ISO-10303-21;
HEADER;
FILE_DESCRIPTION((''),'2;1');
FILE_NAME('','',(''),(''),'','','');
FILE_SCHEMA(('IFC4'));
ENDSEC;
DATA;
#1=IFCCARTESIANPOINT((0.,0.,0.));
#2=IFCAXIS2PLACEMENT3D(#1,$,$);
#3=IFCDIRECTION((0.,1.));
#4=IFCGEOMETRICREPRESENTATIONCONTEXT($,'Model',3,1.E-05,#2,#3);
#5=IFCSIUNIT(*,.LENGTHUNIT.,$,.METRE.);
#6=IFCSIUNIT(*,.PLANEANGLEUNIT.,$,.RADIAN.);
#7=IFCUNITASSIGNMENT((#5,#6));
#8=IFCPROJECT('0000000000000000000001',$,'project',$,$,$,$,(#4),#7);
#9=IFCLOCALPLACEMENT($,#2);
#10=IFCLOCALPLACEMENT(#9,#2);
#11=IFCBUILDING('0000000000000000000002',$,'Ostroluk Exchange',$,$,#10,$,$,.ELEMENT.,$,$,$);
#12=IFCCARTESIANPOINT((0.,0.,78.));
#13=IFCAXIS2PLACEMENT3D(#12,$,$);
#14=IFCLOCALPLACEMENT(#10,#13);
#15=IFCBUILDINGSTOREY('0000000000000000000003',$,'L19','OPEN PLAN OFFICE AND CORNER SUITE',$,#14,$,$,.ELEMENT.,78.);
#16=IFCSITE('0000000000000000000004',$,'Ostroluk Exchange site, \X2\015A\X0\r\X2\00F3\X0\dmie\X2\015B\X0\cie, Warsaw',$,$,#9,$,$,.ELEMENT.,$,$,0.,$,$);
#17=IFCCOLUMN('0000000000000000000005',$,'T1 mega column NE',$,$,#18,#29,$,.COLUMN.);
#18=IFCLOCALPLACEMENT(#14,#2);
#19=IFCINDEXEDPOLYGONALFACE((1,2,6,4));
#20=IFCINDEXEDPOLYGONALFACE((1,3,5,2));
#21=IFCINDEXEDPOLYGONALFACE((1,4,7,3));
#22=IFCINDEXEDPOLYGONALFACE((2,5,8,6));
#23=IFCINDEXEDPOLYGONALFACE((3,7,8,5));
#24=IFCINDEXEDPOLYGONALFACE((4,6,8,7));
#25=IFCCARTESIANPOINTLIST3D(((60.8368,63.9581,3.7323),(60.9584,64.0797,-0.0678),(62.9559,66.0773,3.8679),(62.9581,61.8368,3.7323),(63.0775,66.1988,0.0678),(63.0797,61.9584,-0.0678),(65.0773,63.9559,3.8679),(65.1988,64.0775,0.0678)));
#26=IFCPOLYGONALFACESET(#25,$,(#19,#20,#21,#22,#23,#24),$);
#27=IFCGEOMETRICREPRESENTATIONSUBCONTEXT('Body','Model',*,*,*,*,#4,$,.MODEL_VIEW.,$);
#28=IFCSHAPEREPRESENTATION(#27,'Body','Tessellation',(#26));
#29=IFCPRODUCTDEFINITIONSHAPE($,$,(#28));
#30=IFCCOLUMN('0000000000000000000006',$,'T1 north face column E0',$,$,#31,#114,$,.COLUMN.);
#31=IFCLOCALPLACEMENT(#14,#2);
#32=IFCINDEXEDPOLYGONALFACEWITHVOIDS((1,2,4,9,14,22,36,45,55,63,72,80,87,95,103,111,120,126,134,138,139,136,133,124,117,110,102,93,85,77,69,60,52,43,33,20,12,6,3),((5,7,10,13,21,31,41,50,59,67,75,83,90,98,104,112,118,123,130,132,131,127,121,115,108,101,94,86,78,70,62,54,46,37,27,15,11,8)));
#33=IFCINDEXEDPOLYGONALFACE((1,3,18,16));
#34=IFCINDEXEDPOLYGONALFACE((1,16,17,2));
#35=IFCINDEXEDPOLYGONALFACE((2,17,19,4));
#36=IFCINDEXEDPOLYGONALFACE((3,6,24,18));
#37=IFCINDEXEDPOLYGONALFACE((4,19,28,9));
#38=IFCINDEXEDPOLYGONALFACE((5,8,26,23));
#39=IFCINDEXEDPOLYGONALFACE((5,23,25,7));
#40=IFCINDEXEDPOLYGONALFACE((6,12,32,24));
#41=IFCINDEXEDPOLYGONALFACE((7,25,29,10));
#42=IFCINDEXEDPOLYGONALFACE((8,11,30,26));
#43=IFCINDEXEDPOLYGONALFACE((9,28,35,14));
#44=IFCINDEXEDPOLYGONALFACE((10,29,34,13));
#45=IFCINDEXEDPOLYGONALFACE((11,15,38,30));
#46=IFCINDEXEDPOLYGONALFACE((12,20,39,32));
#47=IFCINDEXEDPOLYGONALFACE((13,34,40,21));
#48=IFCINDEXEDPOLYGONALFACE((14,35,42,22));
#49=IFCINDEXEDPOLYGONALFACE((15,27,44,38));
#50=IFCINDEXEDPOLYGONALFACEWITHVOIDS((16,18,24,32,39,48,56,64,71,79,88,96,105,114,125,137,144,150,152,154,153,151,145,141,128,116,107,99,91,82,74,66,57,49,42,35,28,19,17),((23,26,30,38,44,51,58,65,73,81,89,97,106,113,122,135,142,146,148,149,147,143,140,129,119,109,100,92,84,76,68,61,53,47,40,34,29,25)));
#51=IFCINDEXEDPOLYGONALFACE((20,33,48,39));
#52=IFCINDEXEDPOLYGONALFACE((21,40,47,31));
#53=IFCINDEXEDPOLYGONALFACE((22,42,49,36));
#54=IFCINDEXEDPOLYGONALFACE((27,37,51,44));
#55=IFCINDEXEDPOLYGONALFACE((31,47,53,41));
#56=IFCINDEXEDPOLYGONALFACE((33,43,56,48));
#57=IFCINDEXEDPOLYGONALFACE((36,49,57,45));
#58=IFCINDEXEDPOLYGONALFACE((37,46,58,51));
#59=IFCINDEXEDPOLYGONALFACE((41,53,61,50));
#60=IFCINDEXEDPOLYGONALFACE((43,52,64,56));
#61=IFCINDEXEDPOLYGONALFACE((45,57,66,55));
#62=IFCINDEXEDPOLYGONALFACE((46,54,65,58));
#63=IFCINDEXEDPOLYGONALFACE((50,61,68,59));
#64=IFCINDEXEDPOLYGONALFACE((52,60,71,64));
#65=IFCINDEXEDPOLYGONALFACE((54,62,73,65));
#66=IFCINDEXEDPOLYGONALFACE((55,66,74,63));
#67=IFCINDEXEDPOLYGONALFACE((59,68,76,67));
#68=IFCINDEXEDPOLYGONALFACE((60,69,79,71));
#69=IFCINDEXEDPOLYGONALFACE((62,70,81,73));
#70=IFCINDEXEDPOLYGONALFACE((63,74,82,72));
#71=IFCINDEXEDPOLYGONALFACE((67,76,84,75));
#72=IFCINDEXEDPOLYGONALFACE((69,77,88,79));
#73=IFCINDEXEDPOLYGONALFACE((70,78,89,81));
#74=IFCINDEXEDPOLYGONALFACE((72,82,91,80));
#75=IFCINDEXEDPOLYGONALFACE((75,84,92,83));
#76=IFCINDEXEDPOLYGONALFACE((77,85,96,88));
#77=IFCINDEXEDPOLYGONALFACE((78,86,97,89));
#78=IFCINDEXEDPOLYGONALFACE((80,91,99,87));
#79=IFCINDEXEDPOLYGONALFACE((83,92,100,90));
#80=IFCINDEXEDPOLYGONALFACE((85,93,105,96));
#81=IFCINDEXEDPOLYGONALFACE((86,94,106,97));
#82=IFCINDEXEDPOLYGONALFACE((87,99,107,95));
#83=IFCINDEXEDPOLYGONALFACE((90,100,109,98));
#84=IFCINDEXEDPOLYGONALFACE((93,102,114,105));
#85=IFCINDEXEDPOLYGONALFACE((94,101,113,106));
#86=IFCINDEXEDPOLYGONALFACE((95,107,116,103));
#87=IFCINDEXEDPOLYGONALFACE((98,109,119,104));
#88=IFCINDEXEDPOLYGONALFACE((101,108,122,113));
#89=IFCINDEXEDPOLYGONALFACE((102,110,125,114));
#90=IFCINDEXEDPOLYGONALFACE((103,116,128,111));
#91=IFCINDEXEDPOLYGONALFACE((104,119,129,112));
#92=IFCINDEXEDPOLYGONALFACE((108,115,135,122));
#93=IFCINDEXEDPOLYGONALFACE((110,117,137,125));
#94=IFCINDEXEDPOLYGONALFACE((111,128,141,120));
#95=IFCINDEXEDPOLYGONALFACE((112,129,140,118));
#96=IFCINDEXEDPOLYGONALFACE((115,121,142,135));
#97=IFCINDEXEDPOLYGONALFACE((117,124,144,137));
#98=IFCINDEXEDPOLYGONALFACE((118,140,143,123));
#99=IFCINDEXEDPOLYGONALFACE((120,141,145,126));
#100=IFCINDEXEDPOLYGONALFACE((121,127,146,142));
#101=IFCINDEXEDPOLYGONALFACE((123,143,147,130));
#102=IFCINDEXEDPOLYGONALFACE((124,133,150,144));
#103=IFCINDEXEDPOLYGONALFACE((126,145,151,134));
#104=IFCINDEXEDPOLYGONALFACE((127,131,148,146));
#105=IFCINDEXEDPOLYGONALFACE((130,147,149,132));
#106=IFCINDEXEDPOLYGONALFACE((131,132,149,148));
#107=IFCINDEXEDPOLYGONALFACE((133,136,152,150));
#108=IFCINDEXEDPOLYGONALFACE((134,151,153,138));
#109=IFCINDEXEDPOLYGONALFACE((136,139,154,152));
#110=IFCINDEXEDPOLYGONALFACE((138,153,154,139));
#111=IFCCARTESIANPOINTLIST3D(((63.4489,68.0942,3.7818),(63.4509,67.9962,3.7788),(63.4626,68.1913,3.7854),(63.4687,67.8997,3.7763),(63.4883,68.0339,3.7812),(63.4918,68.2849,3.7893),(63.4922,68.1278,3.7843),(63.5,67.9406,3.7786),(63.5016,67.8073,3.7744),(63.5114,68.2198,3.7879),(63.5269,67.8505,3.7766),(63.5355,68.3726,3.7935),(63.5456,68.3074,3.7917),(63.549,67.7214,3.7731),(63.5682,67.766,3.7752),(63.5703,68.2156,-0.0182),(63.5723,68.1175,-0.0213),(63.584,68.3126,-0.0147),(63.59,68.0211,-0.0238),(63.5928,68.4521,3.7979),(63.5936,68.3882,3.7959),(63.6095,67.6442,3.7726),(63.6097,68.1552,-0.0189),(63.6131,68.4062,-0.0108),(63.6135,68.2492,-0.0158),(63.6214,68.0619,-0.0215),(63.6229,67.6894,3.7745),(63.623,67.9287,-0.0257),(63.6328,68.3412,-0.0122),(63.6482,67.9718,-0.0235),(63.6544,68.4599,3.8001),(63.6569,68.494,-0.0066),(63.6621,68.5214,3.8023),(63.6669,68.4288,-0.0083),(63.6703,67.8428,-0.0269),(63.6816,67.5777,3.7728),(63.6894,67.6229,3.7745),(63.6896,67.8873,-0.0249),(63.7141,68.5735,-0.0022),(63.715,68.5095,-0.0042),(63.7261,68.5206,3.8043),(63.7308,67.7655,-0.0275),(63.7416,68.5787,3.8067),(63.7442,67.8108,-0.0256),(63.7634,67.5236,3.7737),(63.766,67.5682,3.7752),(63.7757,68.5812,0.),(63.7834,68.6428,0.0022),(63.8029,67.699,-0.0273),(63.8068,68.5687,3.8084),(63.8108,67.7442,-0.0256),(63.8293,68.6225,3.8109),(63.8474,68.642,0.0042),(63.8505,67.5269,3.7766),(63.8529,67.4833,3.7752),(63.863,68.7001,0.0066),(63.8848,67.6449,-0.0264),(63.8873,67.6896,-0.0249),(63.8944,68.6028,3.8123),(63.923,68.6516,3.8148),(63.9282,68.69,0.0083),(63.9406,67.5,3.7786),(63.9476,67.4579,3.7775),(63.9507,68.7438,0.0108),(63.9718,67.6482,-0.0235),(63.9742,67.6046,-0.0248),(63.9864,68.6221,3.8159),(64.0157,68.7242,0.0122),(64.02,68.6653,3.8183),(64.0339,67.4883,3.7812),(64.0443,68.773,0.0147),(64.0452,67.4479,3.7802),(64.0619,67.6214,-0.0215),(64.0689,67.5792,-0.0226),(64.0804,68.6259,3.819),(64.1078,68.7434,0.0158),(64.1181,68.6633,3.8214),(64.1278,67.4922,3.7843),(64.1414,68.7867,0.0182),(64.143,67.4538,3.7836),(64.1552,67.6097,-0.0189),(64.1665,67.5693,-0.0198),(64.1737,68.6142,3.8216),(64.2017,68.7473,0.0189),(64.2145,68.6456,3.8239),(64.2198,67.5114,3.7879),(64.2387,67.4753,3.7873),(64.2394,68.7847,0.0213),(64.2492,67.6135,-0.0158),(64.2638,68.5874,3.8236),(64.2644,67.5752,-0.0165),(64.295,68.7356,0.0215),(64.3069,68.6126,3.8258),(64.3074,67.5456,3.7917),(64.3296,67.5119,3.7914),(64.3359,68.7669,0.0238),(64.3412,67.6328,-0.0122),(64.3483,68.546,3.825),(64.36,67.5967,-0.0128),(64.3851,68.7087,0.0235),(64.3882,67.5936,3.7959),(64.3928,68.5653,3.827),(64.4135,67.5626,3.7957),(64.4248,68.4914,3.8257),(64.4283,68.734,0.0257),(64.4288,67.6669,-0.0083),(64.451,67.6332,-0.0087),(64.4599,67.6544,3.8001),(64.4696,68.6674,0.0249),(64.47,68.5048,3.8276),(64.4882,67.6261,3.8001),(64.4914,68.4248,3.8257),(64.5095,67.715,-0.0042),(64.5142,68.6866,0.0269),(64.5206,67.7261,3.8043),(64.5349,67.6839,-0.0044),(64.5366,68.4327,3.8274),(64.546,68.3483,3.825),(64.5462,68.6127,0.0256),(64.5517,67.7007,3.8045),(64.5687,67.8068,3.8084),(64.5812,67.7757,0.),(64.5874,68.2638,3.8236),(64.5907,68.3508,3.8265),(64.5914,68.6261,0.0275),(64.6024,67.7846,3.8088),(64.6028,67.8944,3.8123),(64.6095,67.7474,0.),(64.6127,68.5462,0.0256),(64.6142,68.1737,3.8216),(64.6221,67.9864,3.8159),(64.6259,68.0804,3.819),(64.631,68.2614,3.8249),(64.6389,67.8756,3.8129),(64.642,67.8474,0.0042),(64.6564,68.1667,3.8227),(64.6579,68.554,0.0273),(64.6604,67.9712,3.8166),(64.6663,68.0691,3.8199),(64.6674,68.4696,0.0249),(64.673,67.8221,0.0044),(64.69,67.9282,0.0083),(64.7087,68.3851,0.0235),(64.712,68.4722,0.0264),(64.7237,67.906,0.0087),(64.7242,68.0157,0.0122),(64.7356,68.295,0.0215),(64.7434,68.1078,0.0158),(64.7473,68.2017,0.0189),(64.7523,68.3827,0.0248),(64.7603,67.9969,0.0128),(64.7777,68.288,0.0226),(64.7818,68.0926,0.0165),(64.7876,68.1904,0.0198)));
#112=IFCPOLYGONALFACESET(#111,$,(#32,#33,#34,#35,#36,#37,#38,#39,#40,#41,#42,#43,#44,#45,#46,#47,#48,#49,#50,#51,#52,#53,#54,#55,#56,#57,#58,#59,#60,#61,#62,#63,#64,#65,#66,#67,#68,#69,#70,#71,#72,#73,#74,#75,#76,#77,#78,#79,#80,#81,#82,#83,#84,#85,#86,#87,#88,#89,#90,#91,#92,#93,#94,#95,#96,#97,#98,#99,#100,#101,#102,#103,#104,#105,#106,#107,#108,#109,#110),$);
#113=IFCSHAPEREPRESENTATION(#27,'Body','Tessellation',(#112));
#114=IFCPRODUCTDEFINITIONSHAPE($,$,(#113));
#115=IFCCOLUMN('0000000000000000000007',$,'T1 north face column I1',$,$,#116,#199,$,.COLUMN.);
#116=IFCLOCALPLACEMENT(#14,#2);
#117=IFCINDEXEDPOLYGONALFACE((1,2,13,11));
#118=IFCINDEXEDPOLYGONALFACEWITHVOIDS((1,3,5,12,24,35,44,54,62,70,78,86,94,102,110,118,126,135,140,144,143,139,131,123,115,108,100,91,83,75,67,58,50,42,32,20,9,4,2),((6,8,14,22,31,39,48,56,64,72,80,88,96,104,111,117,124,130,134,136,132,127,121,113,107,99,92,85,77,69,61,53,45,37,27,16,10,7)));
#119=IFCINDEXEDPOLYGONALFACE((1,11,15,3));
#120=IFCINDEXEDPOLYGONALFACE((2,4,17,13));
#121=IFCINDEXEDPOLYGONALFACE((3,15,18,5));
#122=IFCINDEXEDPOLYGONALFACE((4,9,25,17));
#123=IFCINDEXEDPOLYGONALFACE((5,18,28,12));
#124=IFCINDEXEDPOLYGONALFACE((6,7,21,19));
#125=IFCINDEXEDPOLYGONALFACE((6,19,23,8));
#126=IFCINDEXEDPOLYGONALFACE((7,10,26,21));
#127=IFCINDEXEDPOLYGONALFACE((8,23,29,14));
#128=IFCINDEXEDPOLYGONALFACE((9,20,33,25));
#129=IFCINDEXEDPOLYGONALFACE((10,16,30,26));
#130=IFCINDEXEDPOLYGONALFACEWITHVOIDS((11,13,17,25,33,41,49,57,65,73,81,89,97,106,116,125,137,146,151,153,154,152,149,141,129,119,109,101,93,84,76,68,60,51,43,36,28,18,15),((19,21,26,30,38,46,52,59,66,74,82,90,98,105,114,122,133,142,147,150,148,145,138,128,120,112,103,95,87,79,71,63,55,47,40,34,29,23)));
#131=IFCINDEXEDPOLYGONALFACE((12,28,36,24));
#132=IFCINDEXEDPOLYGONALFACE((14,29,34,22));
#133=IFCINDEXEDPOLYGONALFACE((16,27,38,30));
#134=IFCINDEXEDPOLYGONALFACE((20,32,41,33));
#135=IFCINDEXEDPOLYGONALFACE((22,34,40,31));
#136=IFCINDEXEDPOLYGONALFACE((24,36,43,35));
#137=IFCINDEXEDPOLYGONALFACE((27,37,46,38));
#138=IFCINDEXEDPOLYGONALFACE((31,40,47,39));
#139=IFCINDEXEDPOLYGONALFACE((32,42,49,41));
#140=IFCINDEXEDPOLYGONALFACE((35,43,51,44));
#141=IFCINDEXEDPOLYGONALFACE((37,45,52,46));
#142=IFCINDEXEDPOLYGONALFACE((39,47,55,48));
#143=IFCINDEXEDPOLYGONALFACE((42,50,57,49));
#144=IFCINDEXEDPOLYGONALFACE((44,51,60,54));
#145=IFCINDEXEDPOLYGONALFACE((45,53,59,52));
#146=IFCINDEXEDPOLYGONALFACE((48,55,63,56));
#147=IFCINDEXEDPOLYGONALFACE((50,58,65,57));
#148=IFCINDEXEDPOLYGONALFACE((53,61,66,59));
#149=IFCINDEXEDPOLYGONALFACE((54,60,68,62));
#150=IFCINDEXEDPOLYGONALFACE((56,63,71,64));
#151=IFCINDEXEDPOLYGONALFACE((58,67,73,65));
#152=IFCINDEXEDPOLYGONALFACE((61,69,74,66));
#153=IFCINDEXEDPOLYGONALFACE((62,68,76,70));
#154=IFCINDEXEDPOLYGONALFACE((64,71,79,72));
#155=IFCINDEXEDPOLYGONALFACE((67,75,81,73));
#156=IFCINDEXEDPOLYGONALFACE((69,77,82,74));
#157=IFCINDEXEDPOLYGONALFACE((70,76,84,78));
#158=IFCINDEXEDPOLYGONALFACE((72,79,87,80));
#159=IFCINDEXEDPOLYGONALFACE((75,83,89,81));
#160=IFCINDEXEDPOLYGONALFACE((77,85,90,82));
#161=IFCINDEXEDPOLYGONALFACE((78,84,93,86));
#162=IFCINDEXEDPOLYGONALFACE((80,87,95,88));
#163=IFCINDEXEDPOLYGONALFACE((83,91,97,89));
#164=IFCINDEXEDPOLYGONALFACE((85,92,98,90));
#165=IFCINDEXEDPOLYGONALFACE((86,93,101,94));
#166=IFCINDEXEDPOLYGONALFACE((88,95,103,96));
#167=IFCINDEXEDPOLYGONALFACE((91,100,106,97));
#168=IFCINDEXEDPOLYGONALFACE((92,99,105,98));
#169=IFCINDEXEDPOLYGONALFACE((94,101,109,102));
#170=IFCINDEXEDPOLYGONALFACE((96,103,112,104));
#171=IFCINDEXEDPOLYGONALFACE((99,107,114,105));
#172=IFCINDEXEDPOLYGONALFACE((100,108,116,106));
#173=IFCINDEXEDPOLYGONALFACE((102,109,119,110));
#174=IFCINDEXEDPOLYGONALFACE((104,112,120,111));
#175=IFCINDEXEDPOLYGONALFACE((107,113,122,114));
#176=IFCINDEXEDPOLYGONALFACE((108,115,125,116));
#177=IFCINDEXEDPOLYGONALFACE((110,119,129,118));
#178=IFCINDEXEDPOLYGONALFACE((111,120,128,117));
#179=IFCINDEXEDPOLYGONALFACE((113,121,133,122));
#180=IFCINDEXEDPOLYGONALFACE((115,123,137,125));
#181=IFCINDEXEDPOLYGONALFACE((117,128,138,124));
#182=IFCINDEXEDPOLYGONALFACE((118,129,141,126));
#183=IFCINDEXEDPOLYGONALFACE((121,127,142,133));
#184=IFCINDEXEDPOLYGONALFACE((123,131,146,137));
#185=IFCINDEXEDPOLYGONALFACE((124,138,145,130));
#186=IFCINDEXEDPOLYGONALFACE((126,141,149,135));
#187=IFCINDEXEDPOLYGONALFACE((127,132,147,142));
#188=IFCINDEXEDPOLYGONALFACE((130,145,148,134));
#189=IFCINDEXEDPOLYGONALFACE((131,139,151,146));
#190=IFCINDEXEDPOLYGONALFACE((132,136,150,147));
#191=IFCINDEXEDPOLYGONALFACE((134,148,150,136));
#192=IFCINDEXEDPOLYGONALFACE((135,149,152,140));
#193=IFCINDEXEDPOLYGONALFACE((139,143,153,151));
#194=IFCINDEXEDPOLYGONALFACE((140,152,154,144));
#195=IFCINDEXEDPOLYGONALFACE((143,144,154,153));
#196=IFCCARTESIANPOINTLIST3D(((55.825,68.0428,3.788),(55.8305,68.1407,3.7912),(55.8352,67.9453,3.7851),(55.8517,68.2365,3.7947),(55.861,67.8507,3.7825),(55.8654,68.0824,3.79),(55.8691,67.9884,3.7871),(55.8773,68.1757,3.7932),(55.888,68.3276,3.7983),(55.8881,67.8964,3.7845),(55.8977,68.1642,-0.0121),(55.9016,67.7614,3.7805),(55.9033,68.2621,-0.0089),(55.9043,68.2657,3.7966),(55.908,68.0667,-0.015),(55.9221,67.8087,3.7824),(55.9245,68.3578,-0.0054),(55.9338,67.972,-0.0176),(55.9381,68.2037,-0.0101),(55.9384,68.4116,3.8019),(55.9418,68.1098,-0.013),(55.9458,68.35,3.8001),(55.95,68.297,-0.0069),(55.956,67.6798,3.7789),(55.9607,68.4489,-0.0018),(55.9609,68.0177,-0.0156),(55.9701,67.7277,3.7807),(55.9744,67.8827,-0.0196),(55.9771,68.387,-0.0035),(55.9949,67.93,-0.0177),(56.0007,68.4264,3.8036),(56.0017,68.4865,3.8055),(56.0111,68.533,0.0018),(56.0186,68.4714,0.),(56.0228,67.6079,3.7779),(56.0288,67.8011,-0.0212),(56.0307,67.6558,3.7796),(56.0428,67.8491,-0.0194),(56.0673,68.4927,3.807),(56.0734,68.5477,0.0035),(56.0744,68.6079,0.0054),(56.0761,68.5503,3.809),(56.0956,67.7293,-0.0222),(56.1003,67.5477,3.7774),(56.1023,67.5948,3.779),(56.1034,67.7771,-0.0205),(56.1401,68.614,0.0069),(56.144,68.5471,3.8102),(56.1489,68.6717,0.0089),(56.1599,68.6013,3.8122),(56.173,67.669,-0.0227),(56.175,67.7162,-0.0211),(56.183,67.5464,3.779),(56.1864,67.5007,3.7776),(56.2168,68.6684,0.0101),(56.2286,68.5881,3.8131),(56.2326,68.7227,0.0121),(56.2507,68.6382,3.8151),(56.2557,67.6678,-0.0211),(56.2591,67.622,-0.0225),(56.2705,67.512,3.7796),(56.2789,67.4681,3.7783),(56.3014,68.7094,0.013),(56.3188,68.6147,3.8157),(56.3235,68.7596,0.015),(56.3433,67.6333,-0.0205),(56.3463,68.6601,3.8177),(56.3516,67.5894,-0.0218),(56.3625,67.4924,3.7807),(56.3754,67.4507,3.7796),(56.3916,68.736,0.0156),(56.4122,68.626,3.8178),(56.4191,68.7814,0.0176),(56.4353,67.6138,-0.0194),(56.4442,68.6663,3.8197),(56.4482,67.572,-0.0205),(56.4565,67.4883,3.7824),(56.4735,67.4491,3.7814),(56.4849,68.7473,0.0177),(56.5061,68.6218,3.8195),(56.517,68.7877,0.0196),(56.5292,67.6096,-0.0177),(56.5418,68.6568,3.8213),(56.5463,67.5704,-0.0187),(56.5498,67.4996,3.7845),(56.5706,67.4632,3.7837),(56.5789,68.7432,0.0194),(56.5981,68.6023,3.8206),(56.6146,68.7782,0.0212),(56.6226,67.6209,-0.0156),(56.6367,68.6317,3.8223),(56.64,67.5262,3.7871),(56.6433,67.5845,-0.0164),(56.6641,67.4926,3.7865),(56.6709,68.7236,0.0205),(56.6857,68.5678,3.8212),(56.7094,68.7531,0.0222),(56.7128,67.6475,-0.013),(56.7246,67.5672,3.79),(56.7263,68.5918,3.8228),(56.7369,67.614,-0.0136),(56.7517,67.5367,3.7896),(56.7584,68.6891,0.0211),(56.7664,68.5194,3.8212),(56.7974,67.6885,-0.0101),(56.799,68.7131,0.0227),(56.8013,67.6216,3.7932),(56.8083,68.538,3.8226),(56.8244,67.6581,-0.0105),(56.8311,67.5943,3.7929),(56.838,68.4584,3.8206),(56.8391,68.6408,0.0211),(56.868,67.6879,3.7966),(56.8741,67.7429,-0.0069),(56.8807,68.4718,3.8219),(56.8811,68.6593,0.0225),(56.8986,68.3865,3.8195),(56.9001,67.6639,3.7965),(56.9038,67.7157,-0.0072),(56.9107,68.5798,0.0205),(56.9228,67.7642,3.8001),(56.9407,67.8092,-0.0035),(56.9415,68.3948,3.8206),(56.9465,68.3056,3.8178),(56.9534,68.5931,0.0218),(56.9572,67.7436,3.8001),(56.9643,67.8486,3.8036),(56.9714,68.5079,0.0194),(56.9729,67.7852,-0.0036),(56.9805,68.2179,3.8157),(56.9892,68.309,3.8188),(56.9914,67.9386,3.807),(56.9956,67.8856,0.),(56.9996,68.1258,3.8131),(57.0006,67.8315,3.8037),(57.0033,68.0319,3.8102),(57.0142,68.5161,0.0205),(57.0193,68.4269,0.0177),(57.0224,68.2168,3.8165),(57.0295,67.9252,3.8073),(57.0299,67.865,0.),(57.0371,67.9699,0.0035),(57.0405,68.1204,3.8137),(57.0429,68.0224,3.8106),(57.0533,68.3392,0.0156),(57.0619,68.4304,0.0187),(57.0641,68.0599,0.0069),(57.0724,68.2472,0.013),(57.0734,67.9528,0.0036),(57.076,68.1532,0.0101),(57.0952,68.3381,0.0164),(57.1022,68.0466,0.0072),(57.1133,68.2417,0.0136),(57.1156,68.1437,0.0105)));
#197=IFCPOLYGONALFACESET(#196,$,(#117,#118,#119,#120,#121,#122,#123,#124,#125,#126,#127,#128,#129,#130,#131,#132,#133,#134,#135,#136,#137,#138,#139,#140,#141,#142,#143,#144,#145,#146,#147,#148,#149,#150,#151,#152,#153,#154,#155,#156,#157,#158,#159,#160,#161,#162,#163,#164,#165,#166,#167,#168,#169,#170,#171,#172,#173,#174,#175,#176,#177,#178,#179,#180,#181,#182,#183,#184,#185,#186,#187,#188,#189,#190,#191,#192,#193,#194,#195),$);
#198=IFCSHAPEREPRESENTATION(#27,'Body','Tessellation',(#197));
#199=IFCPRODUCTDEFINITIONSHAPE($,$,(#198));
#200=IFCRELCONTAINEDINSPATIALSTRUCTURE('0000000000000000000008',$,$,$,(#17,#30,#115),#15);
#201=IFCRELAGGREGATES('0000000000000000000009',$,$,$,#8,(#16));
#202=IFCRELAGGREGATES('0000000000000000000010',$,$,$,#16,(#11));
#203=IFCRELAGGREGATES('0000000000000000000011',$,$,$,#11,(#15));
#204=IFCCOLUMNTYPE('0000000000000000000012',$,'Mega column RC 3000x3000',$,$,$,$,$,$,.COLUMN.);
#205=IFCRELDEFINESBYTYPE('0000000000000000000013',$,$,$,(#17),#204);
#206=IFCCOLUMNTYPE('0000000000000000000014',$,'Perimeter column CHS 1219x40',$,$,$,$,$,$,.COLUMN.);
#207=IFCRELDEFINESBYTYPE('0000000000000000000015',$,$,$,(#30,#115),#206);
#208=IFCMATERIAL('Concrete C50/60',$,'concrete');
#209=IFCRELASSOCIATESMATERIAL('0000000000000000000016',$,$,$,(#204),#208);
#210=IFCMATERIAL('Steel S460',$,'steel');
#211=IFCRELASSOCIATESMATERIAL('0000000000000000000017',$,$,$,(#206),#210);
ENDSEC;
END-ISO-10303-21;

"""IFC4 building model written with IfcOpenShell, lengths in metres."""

from ifc_helpers import new_model, si_unit, direction, frame, origin, origin_2d, place, context, subcontext, project, spatial, rectangle, hollow_circle, extrude, material, material_profile, profile_set, type_object, element, save


model = new_model("IFC4")

# Units and contexts
model_context = context("Model", 3, precision=1e-05, world=origin(), true_north=direction((0.0, 1.0)))
body_context = subcontext(model_context, "Body", "Model", "MODEL_VIEW")
ifc_project = project(units=[si_unit("LENGTHUNIT", "METRE"), si_unit("PLANEANGLEUNIT", "RADIAN")], contexts=[model_context])

# Site, building, storey
site_placement = place(None, origin())
site = spatial("IfcSite", under=ifc_project, at=site_placement, Name="Ostroluk Exchange site, Śródmieście, Warsaw", CompositionType="ELEMENT", RefElevation=0.0)
building_placement = place(site_placement, origin())
building = spatial("IfcBuilding", under=site, at=building_placement, Name="Ostroluk Exchange", CompositionType="ELEMENT")
storey_placement = place(building_placement, frame((0.0, 0.0, 78.0)))
storey = spatial("IfcBuildingStorey", under=building, at=storey_placement, Name="L19", Description="OPEN PLAN OFFICE AND CORNER SUITE", CompositionType="ELEMENT", Elevation=78.0)

# Columns
ifc_material_1 = material(Name="Concrete C50/60", Category="concrete")
ifc_material_profile_1 = material_profile(ifc_material_1, rectangle(XDim=3.0, YDim=3.0, at=origin_2d()), Name="RC 3000x3000")
ifc_profile_set_1 = profile_set([ifc_material_profile_1], Name="Concrete C50/60")
column_type_1 = type_object("IfcColumnType", Name="Mega column RC 3000x3000", PredefinedType="COLUMN", material=ifc_profile_set_1)
column_1_placement = place(storey_placement, frame((63.0786, 64.0786, 0.0), z_axis=(-0.031962, -0.031962, 0.998978), x_axis=(0.707107, -0.707107, 0.0)))
element("IfcColumn", 1, at=column_1_placement, inside=storey, type_object=column_type_1, Name="T1 mega column NE", PredefinedType="COLUMN", context=body_context, shape_type="SweptSolid", body=[
    extrude(rectangle(XDim=3.0, YDim=3.0, at=origin_2d()), origin(), (0.0, 0.0, 1.0), 3.804),
])
ifc_material_2 = material(Name="Steel S460", Category="steel")
ifc_material_profile_2 = material_profile(ifc_material_2, hollow_circle(Radius=0.6096, WallThickness=0.04, at=origin_2d()), Name="CHS 1219x40")
ifc_profile_set_2 = profile_set([ifc_material_profile_2], Name="Steel S460")
column_type_2 = type_object("IfcColumnType", Name="Perimeter column CHS 1219x40", PredefinedType="COLUMN", material=ifc_profile_set_2)
column_2_placement = place(storey_placement, frame((64.1785, 68.1785, 0.0), z_axis=(-0.031898, -0.031898, 0.998982), x_axis=(0.707107, -0.707107, 0.0)))
element("IfcColumn", 2, at=column_2_placement, inside=storey, type_object=column_type_2, Name="T1 north face column E0", PredefinedType="COLUMN", context=body_context, shape_type="SweptSolid", body=[
    extrude(hollow_circle(Radius=0.6096, WallThickness=0.04, at=origin_2d()), origin(), (0.0, 0.0, 1.0), 3.804),
])
column_3_placement = place(storey_placement, frame((56.5071, 68.1785, 0.0), z_axis=(-0.019132, -0.031909, 0.999308), x_axis=(0.857645, -0.514242, 0.0)))
element("IfcColumn", 3, at=column_3_placement, inside=storey, type_object=column_type_2, Name="T1 north face column I1", PredefinedType="COLUMN", context=body_context, shape_type="SweptSolid", body=[
    extrude(hollow_circle(Radius=0.6096, WallThickness=0.04, at=origin_2d()), origin(), (0.0, 0.0, 1.0), 3.8027),
])

save(model, "model.ifc")
